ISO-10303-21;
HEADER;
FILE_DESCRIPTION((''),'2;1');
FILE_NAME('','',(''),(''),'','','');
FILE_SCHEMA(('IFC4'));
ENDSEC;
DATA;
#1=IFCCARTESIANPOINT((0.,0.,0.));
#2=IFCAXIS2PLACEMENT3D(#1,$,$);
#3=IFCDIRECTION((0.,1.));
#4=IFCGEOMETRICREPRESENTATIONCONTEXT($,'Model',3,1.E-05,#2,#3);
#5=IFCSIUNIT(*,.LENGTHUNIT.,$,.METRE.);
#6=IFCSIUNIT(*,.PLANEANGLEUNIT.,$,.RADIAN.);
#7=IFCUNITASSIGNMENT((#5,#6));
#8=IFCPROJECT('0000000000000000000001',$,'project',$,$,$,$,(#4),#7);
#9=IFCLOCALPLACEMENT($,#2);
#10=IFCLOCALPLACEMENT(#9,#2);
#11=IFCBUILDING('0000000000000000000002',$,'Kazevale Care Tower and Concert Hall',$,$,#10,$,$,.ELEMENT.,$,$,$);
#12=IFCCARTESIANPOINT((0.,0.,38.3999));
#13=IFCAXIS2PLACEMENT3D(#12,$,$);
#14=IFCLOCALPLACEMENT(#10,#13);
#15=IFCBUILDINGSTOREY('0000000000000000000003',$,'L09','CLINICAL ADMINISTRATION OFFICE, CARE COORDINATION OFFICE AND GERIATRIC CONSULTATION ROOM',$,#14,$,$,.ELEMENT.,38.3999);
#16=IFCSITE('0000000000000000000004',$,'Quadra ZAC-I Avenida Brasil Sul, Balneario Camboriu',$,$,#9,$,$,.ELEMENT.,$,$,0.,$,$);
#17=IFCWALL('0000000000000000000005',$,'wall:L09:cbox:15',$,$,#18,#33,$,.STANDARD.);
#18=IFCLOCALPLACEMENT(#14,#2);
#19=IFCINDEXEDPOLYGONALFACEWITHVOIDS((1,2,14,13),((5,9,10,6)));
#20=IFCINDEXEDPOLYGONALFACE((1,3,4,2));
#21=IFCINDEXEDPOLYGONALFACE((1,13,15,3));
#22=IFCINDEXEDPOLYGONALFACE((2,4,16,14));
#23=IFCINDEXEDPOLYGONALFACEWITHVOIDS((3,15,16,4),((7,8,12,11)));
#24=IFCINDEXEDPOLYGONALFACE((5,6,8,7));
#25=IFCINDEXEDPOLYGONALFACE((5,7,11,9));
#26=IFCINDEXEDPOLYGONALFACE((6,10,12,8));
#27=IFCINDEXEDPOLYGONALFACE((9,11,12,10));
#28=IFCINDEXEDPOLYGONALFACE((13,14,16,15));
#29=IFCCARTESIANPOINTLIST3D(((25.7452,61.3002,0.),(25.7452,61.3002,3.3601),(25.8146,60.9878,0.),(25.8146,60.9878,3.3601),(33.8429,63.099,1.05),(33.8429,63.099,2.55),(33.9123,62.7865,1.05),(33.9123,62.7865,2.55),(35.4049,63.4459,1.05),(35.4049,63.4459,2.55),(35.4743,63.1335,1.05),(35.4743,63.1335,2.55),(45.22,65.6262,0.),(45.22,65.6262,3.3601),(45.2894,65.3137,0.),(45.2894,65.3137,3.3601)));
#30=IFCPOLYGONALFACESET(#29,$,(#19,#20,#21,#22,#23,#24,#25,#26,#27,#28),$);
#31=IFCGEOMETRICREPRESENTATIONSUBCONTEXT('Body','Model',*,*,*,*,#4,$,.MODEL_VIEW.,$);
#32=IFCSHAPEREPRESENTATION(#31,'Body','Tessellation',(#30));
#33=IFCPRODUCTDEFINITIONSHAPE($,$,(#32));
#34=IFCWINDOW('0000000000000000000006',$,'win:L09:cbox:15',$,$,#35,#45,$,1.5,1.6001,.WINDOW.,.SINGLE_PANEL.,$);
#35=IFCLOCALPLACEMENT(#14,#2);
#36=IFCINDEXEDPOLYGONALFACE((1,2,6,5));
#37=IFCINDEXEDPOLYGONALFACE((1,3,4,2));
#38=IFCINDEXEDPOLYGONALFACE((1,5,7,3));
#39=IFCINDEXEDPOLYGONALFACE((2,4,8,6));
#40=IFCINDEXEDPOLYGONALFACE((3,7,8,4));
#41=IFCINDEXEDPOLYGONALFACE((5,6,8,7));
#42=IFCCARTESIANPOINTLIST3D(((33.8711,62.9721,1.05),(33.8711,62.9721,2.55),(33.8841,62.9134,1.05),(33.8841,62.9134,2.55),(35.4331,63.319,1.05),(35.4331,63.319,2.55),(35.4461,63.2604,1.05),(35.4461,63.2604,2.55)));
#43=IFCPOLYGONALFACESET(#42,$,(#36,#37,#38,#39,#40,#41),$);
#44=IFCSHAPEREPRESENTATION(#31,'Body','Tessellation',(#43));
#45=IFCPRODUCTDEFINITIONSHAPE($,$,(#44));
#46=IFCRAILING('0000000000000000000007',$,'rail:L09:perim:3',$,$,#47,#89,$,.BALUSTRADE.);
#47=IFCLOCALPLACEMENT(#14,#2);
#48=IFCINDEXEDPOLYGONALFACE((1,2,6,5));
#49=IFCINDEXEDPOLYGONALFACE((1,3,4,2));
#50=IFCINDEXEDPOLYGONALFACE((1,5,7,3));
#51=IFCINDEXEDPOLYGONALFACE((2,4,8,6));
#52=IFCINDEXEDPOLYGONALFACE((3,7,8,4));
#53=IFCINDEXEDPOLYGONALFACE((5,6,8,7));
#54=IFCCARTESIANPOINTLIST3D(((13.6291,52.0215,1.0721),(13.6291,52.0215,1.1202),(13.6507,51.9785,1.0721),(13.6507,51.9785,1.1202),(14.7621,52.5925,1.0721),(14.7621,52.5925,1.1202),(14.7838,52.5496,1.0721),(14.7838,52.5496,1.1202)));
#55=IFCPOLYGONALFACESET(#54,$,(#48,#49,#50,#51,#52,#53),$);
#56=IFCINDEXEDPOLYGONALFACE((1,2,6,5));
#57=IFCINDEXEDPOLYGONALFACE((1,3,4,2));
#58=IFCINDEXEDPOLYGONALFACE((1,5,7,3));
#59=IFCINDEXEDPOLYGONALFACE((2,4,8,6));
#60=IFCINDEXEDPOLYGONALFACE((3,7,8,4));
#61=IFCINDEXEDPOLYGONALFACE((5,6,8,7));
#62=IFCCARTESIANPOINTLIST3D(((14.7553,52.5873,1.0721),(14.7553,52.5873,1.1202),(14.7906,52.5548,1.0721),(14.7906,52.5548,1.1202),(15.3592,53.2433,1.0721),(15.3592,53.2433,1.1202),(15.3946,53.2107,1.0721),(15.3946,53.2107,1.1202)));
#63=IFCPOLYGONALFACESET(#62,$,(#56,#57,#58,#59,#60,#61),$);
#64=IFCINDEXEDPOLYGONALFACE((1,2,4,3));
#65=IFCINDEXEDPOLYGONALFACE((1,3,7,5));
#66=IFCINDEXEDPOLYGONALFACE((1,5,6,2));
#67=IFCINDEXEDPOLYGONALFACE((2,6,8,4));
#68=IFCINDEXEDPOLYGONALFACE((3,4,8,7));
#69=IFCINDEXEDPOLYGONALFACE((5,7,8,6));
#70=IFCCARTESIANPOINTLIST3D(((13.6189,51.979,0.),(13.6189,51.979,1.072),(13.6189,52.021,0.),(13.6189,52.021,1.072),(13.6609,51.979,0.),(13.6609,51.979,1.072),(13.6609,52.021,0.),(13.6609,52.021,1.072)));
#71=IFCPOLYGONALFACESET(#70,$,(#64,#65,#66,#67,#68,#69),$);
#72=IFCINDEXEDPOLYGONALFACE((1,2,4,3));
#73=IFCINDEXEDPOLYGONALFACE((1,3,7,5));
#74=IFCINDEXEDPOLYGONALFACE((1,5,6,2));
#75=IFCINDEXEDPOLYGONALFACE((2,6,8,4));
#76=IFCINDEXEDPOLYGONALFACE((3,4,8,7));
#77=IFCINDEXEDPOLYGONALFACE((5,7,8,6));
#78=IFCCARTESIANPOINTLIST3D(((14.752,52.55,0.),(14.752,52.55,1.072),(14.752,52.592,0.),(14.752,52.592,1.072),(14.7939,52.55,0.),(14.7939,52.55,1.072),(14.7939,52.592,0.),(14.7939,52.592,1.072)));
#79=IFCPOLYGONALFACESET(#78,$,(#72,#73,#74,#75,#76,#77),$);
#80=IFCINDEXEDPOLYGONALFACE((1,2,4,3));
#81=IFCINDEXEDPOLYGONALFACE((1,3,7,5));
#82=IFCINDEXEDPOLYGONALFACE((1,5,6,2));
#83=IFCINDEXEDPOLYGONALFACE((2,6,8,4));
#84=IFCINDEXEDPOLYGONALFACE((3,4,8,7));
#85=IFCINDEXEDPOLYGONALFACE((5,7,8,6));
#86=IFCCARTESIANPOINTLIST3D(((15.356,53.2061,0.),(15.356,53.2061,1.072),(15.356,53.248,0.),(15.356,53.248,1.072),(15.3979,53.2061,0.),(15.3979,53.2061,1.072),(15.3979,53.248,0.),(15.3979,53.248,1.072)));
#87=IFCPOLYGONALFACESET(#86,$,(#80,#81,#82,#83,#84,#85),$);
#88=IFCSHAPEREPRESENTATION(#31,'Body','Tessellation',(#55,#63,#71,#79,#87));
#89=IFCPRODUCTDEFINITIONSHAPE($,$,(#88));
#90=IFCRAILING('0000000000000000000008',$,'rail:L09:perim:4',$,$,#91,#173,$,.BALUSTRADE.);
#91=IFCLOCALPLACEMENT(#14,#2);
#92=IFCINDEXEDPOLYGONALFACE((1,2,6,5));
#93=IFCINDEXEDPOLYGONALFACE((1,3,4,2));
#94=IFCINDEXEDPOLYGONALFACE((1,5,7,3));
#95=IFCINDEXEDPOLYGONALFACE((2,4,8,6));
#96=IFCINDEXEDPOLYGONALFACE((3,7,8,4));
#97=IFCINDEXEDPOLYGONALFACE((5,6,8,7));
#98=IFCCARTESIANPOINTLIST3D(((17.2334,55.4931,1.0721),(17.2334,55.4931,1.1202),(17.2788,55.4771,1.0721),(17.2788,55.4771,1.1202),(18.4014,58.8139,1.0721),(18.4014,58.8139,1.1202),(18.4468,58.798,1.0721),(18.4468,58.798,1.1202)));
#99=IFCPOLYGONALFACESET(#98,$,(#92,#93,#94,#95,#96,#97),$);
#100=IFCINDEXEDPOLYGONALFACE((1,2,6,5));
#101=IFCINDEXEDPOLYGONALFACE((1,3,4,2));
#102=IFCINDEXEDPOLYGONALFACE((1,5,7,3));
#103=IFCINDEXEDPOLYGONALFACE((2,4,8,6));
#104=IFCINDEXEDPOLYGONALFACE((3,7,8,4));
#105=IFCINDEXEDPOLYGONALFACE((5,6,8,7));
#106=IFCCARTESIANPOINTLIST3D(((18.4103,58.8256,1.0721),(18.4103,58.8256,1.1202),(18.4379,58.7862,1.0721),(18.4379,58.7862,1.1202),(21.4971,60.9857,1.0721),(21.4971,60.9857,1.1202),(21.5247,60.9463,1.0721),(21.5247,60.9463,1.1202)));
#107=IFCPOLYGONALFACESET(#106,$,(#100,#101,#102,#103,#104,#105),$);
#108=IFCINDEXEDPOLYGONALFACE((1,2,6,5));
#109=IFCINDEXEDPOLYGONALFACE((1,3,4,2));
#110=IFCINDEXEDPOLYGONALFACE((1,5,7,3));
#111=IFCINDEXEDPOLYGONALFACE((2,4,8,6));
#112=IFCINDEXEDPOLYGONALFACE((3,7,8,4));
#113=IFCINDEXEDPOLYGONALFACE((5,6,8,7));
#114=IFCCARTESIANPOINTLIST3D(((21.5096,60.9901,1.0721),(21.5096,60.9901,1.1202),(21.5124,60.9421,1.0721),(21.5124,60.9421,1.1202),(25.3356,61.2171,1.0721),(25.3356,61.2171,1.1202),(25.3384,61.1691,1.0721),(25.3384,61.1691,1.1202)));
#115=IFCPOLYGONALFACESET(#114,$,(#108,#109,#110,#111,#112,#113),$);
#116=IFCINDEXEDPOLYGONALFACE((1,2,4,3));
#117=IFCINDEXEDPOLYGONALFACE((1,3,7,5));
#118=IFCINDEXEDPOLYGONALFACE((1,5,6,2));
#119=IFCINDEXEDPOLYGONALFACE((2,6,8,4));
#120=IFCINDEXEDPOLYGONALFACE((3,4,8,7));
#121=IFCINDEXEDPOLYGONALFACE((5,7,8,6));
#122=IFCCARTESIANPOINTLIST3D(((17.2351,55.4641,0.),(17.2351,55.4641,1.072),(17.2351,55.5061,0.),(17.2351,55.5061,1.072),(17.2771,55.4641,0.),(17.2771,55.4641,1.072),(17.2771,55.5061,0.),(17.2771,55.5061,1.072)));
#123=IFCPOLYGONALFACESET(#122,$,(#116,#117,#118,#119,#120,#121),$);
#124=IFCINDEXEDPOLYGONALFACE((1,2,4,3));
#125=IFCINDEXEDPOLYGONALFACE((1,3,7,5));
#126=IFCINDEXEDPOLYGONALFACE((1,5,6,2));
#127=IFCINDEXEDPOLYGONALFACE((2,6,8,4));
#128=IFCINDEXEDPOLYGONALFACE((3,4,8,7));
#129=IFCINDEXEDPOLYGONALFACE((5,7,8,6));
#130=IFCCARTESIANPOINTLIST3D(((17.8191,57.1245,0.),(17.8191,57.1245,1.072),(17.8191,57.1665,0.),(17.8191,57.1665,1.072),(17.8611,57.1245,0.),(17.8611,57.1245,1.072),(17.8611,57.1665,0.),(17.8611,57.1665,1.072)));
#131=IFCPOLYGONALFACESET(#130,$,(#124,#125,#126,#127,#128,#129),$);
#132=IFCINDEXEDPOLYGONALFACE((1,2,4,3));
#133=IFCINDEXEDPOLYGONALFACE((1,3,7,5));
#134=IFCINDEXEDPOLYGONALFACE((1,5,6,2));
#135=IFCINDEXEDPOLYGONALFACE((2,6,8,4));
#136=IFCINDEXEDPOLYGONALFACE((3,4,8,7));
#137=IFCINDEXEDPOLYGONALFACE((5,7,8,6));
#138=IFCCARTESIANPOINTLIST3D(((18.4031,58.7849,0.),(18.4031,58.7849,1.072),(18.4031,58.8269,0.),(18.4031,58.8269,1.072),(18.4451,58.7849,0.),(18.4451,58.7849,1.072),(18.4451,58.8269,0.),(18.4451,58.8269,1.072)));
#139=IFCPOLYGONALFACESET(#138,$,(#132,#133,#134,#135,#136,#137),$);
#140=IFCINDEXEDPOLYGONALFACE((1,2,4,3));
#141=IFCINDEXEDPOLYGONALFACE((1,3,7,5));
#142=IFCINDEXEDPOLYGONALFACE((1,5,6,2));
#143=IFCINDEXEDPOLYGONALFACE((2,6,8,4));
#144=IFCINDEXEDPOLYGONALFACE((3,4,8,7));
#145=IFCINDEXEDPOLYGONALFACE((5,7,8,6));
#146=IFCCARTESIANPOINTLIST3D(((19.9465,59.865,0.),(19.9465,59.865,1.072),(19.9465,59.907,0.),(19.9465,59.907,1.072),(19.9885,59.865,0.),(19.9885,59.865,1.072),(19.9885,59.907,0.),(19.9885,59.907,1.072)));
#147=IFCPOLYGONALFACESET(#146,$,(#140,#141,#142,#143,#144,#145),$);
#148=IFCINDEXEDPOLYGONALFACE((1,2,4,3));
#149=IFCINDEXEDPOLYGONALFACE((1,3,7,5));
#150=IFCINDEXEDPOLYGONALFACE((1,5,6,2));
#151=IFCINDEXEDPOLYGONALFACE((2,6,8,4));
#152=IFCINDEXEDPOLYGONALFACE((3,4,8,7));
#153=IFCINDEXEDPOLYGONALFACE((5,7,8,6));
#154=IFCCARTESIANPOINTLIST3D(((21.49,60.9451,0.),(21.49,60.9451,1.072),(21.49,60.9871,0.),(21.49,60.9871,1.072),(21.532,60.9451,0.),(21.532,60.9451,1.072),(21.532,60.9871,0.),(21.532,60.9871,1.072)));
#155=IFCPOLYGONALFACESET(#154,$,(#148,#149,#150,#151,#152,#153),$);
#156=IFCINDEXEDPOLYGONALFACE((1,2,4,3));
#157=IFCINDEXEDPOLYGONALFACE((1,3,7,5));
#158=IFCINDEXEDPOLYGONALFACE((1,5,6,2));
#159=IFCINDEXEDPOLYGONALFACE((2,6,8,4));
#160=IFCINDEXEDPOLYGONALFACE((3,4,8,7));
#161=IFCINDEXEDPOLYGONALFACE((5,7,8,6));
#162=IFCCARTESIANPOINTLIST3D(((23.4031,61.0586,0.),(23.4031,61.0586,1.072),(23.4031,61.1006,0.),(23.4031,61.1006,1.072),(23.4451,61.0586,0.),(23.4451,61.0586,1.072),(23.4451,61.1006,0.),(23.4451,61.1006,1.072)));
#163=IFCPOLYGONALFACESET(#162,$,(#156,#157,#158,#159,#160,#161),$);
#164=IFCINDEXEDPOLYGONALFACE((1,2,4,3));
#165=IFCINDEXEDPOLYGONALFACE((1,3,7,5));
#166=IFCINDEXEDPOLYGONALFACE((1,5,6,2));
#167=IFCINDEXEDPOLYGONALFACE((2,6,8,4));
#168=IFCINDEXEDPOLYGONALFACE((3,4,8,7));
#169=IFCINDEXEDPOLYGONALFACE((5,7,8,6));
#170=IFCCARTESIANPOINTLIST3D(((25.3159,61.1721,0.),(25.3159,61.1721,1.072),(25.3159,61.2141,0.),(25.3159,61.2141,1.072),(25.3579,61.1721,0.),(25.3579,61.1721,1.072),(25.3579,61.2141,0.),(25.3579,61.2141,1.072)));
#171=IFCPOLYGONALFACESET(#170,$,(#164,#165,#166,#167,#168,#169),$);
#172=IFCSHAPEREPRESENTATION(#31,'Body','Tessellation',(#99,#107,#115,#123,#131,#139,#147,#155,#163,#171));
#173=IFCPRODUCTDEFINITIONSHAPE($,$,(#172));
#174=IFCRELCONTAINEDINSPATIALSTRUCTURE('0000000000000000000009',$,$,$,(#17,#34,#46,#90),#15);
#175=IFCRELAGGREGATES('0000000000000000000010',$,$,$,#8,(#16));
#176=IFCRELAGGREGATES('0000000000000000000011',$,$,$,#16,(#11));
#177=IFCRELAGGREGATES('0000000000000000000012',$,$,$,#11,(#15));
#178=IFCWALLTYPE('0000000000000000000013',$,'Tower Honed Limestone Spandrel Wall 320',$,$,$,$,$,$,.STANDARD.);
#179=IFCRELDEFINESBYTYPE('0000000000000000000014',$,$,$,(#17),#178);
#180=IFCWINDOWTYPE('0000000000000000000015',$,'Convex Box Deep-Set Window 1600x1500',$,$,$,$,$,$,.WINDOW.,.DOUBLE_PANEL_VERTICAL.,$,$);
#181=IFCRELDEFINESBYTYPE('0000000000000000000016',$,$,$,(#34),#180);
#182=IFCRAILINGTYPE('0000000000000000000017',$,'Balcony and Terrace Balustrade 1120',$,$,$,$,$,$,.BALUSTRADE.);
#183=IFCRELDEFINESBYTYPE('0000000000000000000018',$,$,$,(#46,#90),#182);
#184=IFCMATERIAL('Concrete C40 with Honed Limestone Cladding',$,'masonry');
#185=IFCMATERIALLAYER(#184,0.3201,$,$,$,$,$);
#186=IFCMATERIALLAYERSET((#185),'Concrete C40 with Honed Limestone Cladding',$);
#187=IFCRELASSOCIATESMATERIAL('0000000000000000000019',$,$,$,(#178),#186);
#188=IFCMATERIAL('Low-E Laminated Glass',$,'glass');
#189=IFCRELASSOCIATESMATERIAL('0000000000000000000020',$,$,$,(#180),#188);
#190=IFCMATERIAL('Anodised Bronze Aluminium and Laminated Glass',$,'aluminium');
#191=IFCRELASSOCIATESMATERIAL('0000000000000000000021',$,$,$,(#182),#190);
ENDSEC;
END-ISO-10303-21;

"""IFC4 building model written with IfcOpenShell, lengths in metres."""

from ifc_helpers import new_model, si_unit, direction, frame, frame_2d, origin, origin_2d, place, context, subcontext, project, spatial, rectangle, extrude, material, layer, layer_set, type_object, element, fill, save


model = new_model("IFC4")

# Units and contexts
model_context = context("Model", 3, precision=1e-05, world=origin(), true_north=direction((0.0, 1.0)))
body_context = subcontext(model_context, "Body", "Model", "MODEL_VIEW")
ifc_project = project(units=[si_unit("LENGTHUNIT", "METRE"), si_unit("PLANEANGLEUNIT", "RADIAN")], contexts=[model_context])

# Site, building, storey
site_placement = place(None, origin())
site = spatial("IfcSite", under=ifc_project, at=site_placement, Name="Quadra ZAC-I Avenida Brasil Sul, Balneario Camboriu", CompositionType="ELEMENT", RefElevation=0.0)
building_placement = place(site_placement, origin())
building = spatial("IfcBuilding", under=site, at=building_placement, Name="Kazevale Care Tower and Concert Hall", CompositionType="ELEMENT")
storey_placement = place(building_placement, frame((0.0, 0.0, 38.3999)))
storey = spatial("IfcBuildingStorey", under=building, at=storey_placement, Name="L09", Description="CLINICAL ADMINISTRATION OFFICE, CARE COORDINATION OFFICE AND GERIATRIC CONSULTATION ROOM", CompositionType="ELEMENT", Elevation=38.3999)

# Shared definitions
ifc_material_1 = material(Name="Low-E Laminated Glass", Category="glass")

# Wall, opening, window
ifc_material_2 = material(Name="Concrete C40 with Honed Limestone Cladding", Category="masonry")
ifc_layer_1 = layer(ifc_material_2, 0.3201)
ifc_layer_set_1 = layer_set([ifc_layer_1], Name="Concrete C40 with Honed Limestone Cladding")
wall_type_1 = type_object("IfcWallType", Name="Tower Honed Limestone Spandrel Wall 320", PredefinedType="STANDARD", material=ifc_layer_set_1)
wall_1_placement = place(storey_placement, frame((25.78, 61.144, 0.0), z_axis=(0.0, 0.0, 1.0), x_axis=(0.976206, 0.216844, 0.0)))
wall_1 = element("IfcWall", 1, at=wall_1_placement, inside=storey, type_object=wall_type_1, Name="wall:L09:cbox:15", PredefinedType="STANDARD", context=body_context, shape_type="SweptSolid", body=[
    extrude(rectangle(XDim=19.9495, YDim=0.3201, at=frame_2d((9.9746, 0.0))), origin(), (0.0, 0.0, 1.0), 3.3601),
])
opening_placement = place(wall_1_placement, frame((8.2949, 0.0, 1.05)))
opening = element("IfcOpeningElement", 2, at=opening_placement, cuts=wall_1, PredefinedType="OPENING", context=body_context, shape_type="SweptSolid", body=[
    extrude(rectangle(XDim=1.6001, YDim=1.5, at=frame_2d((0.8, 0.75))), frame((0.0, 0.1699, 0.0), z_axis=(0.0, -1.0, 0.0), x_axis=(1.0, 0.0, 0.0)), (0.0, 0.0, 1.0), 0.3401),
])
window_type = type_object("IfcWindowType", Name="Convex Box Deep-Set Window 1600x1500", PartitioningType="DOUBLE_PANEL_VERTICAL", PredefinedType="WINDOW", material=ifc_material_1)
window_placement = place(opening_placement, origin())
window = element("IfcWindow", 3, at=window_placement, inside=storey, type_object=window_type, Name="win:L09:cbox:15", OverallHeight=1.5, OverallWidth=1.6001, PartitioningType="SINGLE_PANEL", PredefinedType="WINDOW", context=body_context, shape_type="SweptSolid", body=[
    extrude(rectangle(XDim=1.6001, YDim=1.5, at=frame_2d((0.8, 0.75))), frame((0.0, 0.03, 0.0), z_axis=(0.0, -1.0, 0.0), x_axis=(1.0, 0.0, 0.0)), (0.0, 0.0, 1.0), 0.0601),
])
fill(opening, window)

# Railings
ifc_material_3 = material(Name="Anodised Bronze Aluminium and Laminated Glass", Category="aluminium")
railing_type = type_object("IfcRailingType", Name="Balcony and Terrace Balustrade 1120", PredefinedType="BALUSTRADE", material=ifc_material_3)
railing_1_placement = place(storey_placement, frame((13.6399, 52.0, 0.0)))
element("IfcRailing", 4, at=railing_1_placement, inside=storey, type_object=railing_type, Name="rail:L09:perim:3", PredefinedType="BALUSTRADE", context=body_context, shape_type="SweptSolid", body=[
    extrude(rectangle(XDim=0.0481, YDim=0.0481, at=origin_2d()), frame((0.0, 0.0, 1.0962), z_axis=(0.892999, 0.450059, 0.0), x_axis=(-0.450059, 0.892999, 0.0)), (0.0, 0.0, 1.0), 1.2688),
    extrude(rectangle(XDim=0.0481, YDim=0.0481, at=origin_2d()), frame((1.1331, 0.571, 1.0962), z_axis=(0.677347, 0.735664, 0.0), x_axis=(-0.735664, 0.677347, 0.0)), (0.0, 0.0, 1.0), 0.8916),
    extrude(rectangle(XDim=0.042, YDim=0.042, at=origin_2d()), origin(), (0.0, 0.0, 1.0), 1.072),
    extrude(rectangle(XDim=0.042, YDim=0.042, at=origin_2d()), frame((1.1331, 0.571, 0.0)), (0.0, 0.0, 1.0), 1.072),
    extrude(rectangle(XDim=0.042, YDim=0.042, at=origin_2d()), frame((1.7371, 1.2271, 0.0)), (0.0, 0.0, 1.0), 1.072),
])
railing_2_placement = place(storey_placement, frame((17.2561, 55.4851, 0.0)))
element("IfcRailing", 5, at=railing_2_placement, inside=storey, type_object=railing_type, Name="rail:L09:perim:4", PredefinedType="BALUSTRADE", context=body_context, shape_type="SweptSolid", body=[
    extrude(rectangle(XDim=0.0481, YDim=0.0481, at=origin_2d()), frame((0.0, 0.0, 1.0962), z_axis=(0.33179, 0.943353, 0.0), x_axis=(-0.943353, 0.33179, 0.0)), (0.0, 0.0, 1.0), 3.5203),
    extrude(rectangle(XDim=0.0481, YDim=0.0481, at=origin_2d()), frame((1.168, 3.3208, 1.0962), z_axis=(0.819317, 0.573341, 0.0), x_axis=(-0.573341, 0.819317, 0.0)), (0.0, 0.0, 1.0), 3.7676),
    extrude(rectangle(XDim=0.0481, YDim=0.0481, at=origin_2d()), frame((4.2549, 5.481, 1.0962), z_axis=(0.998244, 0.059241, 0.0), x_axis=(-0.059241, 0.998244, 0.0)), (0.0, 0.0, 1.0), 3.8328),
    extrude(rectangle(XDim=0.042, YDim=0.042, at=origin_2d()), origin(), (0.0, 0.0, 1.0), 1.072),
    extrude(rectangle(XDim=0.042, YDim=0.042, at=origin_2d()), frame((0.584, 1.6604, 0.0)), (0.0, 0.0, 1.0), 1.072),
    extrude(rectangle(XDim=0.042, YDim=0.042, at=origin_2d()), frame((1.168, 3.3208, 0.0)), (0.0, 0.0, 1.0), 1.072),
    extrude(rectangle(XDim=0.042, YDim=0.042, at=origin_2d()), frame((2.7114, 4.4009, 0.0)), (0.0, 0.0, 1.0), 1.072),
    extrude(rectangle(XDim=0.042, YDim=0.042, at=origin_2d()), frame((4.2549, 5.481, 0.0)), (0.0, 0.0, 1.0), 1.072),
    extrude(rectangle(XDim=0.042, YDim=0.042, at=origin_2d()), frame((6.168, 5.5945, 0.0)), (0.0, 0.0, 1.0), 1.072),
    extrude(rectangle(XDim=0.042, YDim=0.042, at=origin_2d()), frame((8.0808, 5.708, 0.0)), (0.0, 0.0, 1.0), 1.072),
])

save(model, "model.ifc")
